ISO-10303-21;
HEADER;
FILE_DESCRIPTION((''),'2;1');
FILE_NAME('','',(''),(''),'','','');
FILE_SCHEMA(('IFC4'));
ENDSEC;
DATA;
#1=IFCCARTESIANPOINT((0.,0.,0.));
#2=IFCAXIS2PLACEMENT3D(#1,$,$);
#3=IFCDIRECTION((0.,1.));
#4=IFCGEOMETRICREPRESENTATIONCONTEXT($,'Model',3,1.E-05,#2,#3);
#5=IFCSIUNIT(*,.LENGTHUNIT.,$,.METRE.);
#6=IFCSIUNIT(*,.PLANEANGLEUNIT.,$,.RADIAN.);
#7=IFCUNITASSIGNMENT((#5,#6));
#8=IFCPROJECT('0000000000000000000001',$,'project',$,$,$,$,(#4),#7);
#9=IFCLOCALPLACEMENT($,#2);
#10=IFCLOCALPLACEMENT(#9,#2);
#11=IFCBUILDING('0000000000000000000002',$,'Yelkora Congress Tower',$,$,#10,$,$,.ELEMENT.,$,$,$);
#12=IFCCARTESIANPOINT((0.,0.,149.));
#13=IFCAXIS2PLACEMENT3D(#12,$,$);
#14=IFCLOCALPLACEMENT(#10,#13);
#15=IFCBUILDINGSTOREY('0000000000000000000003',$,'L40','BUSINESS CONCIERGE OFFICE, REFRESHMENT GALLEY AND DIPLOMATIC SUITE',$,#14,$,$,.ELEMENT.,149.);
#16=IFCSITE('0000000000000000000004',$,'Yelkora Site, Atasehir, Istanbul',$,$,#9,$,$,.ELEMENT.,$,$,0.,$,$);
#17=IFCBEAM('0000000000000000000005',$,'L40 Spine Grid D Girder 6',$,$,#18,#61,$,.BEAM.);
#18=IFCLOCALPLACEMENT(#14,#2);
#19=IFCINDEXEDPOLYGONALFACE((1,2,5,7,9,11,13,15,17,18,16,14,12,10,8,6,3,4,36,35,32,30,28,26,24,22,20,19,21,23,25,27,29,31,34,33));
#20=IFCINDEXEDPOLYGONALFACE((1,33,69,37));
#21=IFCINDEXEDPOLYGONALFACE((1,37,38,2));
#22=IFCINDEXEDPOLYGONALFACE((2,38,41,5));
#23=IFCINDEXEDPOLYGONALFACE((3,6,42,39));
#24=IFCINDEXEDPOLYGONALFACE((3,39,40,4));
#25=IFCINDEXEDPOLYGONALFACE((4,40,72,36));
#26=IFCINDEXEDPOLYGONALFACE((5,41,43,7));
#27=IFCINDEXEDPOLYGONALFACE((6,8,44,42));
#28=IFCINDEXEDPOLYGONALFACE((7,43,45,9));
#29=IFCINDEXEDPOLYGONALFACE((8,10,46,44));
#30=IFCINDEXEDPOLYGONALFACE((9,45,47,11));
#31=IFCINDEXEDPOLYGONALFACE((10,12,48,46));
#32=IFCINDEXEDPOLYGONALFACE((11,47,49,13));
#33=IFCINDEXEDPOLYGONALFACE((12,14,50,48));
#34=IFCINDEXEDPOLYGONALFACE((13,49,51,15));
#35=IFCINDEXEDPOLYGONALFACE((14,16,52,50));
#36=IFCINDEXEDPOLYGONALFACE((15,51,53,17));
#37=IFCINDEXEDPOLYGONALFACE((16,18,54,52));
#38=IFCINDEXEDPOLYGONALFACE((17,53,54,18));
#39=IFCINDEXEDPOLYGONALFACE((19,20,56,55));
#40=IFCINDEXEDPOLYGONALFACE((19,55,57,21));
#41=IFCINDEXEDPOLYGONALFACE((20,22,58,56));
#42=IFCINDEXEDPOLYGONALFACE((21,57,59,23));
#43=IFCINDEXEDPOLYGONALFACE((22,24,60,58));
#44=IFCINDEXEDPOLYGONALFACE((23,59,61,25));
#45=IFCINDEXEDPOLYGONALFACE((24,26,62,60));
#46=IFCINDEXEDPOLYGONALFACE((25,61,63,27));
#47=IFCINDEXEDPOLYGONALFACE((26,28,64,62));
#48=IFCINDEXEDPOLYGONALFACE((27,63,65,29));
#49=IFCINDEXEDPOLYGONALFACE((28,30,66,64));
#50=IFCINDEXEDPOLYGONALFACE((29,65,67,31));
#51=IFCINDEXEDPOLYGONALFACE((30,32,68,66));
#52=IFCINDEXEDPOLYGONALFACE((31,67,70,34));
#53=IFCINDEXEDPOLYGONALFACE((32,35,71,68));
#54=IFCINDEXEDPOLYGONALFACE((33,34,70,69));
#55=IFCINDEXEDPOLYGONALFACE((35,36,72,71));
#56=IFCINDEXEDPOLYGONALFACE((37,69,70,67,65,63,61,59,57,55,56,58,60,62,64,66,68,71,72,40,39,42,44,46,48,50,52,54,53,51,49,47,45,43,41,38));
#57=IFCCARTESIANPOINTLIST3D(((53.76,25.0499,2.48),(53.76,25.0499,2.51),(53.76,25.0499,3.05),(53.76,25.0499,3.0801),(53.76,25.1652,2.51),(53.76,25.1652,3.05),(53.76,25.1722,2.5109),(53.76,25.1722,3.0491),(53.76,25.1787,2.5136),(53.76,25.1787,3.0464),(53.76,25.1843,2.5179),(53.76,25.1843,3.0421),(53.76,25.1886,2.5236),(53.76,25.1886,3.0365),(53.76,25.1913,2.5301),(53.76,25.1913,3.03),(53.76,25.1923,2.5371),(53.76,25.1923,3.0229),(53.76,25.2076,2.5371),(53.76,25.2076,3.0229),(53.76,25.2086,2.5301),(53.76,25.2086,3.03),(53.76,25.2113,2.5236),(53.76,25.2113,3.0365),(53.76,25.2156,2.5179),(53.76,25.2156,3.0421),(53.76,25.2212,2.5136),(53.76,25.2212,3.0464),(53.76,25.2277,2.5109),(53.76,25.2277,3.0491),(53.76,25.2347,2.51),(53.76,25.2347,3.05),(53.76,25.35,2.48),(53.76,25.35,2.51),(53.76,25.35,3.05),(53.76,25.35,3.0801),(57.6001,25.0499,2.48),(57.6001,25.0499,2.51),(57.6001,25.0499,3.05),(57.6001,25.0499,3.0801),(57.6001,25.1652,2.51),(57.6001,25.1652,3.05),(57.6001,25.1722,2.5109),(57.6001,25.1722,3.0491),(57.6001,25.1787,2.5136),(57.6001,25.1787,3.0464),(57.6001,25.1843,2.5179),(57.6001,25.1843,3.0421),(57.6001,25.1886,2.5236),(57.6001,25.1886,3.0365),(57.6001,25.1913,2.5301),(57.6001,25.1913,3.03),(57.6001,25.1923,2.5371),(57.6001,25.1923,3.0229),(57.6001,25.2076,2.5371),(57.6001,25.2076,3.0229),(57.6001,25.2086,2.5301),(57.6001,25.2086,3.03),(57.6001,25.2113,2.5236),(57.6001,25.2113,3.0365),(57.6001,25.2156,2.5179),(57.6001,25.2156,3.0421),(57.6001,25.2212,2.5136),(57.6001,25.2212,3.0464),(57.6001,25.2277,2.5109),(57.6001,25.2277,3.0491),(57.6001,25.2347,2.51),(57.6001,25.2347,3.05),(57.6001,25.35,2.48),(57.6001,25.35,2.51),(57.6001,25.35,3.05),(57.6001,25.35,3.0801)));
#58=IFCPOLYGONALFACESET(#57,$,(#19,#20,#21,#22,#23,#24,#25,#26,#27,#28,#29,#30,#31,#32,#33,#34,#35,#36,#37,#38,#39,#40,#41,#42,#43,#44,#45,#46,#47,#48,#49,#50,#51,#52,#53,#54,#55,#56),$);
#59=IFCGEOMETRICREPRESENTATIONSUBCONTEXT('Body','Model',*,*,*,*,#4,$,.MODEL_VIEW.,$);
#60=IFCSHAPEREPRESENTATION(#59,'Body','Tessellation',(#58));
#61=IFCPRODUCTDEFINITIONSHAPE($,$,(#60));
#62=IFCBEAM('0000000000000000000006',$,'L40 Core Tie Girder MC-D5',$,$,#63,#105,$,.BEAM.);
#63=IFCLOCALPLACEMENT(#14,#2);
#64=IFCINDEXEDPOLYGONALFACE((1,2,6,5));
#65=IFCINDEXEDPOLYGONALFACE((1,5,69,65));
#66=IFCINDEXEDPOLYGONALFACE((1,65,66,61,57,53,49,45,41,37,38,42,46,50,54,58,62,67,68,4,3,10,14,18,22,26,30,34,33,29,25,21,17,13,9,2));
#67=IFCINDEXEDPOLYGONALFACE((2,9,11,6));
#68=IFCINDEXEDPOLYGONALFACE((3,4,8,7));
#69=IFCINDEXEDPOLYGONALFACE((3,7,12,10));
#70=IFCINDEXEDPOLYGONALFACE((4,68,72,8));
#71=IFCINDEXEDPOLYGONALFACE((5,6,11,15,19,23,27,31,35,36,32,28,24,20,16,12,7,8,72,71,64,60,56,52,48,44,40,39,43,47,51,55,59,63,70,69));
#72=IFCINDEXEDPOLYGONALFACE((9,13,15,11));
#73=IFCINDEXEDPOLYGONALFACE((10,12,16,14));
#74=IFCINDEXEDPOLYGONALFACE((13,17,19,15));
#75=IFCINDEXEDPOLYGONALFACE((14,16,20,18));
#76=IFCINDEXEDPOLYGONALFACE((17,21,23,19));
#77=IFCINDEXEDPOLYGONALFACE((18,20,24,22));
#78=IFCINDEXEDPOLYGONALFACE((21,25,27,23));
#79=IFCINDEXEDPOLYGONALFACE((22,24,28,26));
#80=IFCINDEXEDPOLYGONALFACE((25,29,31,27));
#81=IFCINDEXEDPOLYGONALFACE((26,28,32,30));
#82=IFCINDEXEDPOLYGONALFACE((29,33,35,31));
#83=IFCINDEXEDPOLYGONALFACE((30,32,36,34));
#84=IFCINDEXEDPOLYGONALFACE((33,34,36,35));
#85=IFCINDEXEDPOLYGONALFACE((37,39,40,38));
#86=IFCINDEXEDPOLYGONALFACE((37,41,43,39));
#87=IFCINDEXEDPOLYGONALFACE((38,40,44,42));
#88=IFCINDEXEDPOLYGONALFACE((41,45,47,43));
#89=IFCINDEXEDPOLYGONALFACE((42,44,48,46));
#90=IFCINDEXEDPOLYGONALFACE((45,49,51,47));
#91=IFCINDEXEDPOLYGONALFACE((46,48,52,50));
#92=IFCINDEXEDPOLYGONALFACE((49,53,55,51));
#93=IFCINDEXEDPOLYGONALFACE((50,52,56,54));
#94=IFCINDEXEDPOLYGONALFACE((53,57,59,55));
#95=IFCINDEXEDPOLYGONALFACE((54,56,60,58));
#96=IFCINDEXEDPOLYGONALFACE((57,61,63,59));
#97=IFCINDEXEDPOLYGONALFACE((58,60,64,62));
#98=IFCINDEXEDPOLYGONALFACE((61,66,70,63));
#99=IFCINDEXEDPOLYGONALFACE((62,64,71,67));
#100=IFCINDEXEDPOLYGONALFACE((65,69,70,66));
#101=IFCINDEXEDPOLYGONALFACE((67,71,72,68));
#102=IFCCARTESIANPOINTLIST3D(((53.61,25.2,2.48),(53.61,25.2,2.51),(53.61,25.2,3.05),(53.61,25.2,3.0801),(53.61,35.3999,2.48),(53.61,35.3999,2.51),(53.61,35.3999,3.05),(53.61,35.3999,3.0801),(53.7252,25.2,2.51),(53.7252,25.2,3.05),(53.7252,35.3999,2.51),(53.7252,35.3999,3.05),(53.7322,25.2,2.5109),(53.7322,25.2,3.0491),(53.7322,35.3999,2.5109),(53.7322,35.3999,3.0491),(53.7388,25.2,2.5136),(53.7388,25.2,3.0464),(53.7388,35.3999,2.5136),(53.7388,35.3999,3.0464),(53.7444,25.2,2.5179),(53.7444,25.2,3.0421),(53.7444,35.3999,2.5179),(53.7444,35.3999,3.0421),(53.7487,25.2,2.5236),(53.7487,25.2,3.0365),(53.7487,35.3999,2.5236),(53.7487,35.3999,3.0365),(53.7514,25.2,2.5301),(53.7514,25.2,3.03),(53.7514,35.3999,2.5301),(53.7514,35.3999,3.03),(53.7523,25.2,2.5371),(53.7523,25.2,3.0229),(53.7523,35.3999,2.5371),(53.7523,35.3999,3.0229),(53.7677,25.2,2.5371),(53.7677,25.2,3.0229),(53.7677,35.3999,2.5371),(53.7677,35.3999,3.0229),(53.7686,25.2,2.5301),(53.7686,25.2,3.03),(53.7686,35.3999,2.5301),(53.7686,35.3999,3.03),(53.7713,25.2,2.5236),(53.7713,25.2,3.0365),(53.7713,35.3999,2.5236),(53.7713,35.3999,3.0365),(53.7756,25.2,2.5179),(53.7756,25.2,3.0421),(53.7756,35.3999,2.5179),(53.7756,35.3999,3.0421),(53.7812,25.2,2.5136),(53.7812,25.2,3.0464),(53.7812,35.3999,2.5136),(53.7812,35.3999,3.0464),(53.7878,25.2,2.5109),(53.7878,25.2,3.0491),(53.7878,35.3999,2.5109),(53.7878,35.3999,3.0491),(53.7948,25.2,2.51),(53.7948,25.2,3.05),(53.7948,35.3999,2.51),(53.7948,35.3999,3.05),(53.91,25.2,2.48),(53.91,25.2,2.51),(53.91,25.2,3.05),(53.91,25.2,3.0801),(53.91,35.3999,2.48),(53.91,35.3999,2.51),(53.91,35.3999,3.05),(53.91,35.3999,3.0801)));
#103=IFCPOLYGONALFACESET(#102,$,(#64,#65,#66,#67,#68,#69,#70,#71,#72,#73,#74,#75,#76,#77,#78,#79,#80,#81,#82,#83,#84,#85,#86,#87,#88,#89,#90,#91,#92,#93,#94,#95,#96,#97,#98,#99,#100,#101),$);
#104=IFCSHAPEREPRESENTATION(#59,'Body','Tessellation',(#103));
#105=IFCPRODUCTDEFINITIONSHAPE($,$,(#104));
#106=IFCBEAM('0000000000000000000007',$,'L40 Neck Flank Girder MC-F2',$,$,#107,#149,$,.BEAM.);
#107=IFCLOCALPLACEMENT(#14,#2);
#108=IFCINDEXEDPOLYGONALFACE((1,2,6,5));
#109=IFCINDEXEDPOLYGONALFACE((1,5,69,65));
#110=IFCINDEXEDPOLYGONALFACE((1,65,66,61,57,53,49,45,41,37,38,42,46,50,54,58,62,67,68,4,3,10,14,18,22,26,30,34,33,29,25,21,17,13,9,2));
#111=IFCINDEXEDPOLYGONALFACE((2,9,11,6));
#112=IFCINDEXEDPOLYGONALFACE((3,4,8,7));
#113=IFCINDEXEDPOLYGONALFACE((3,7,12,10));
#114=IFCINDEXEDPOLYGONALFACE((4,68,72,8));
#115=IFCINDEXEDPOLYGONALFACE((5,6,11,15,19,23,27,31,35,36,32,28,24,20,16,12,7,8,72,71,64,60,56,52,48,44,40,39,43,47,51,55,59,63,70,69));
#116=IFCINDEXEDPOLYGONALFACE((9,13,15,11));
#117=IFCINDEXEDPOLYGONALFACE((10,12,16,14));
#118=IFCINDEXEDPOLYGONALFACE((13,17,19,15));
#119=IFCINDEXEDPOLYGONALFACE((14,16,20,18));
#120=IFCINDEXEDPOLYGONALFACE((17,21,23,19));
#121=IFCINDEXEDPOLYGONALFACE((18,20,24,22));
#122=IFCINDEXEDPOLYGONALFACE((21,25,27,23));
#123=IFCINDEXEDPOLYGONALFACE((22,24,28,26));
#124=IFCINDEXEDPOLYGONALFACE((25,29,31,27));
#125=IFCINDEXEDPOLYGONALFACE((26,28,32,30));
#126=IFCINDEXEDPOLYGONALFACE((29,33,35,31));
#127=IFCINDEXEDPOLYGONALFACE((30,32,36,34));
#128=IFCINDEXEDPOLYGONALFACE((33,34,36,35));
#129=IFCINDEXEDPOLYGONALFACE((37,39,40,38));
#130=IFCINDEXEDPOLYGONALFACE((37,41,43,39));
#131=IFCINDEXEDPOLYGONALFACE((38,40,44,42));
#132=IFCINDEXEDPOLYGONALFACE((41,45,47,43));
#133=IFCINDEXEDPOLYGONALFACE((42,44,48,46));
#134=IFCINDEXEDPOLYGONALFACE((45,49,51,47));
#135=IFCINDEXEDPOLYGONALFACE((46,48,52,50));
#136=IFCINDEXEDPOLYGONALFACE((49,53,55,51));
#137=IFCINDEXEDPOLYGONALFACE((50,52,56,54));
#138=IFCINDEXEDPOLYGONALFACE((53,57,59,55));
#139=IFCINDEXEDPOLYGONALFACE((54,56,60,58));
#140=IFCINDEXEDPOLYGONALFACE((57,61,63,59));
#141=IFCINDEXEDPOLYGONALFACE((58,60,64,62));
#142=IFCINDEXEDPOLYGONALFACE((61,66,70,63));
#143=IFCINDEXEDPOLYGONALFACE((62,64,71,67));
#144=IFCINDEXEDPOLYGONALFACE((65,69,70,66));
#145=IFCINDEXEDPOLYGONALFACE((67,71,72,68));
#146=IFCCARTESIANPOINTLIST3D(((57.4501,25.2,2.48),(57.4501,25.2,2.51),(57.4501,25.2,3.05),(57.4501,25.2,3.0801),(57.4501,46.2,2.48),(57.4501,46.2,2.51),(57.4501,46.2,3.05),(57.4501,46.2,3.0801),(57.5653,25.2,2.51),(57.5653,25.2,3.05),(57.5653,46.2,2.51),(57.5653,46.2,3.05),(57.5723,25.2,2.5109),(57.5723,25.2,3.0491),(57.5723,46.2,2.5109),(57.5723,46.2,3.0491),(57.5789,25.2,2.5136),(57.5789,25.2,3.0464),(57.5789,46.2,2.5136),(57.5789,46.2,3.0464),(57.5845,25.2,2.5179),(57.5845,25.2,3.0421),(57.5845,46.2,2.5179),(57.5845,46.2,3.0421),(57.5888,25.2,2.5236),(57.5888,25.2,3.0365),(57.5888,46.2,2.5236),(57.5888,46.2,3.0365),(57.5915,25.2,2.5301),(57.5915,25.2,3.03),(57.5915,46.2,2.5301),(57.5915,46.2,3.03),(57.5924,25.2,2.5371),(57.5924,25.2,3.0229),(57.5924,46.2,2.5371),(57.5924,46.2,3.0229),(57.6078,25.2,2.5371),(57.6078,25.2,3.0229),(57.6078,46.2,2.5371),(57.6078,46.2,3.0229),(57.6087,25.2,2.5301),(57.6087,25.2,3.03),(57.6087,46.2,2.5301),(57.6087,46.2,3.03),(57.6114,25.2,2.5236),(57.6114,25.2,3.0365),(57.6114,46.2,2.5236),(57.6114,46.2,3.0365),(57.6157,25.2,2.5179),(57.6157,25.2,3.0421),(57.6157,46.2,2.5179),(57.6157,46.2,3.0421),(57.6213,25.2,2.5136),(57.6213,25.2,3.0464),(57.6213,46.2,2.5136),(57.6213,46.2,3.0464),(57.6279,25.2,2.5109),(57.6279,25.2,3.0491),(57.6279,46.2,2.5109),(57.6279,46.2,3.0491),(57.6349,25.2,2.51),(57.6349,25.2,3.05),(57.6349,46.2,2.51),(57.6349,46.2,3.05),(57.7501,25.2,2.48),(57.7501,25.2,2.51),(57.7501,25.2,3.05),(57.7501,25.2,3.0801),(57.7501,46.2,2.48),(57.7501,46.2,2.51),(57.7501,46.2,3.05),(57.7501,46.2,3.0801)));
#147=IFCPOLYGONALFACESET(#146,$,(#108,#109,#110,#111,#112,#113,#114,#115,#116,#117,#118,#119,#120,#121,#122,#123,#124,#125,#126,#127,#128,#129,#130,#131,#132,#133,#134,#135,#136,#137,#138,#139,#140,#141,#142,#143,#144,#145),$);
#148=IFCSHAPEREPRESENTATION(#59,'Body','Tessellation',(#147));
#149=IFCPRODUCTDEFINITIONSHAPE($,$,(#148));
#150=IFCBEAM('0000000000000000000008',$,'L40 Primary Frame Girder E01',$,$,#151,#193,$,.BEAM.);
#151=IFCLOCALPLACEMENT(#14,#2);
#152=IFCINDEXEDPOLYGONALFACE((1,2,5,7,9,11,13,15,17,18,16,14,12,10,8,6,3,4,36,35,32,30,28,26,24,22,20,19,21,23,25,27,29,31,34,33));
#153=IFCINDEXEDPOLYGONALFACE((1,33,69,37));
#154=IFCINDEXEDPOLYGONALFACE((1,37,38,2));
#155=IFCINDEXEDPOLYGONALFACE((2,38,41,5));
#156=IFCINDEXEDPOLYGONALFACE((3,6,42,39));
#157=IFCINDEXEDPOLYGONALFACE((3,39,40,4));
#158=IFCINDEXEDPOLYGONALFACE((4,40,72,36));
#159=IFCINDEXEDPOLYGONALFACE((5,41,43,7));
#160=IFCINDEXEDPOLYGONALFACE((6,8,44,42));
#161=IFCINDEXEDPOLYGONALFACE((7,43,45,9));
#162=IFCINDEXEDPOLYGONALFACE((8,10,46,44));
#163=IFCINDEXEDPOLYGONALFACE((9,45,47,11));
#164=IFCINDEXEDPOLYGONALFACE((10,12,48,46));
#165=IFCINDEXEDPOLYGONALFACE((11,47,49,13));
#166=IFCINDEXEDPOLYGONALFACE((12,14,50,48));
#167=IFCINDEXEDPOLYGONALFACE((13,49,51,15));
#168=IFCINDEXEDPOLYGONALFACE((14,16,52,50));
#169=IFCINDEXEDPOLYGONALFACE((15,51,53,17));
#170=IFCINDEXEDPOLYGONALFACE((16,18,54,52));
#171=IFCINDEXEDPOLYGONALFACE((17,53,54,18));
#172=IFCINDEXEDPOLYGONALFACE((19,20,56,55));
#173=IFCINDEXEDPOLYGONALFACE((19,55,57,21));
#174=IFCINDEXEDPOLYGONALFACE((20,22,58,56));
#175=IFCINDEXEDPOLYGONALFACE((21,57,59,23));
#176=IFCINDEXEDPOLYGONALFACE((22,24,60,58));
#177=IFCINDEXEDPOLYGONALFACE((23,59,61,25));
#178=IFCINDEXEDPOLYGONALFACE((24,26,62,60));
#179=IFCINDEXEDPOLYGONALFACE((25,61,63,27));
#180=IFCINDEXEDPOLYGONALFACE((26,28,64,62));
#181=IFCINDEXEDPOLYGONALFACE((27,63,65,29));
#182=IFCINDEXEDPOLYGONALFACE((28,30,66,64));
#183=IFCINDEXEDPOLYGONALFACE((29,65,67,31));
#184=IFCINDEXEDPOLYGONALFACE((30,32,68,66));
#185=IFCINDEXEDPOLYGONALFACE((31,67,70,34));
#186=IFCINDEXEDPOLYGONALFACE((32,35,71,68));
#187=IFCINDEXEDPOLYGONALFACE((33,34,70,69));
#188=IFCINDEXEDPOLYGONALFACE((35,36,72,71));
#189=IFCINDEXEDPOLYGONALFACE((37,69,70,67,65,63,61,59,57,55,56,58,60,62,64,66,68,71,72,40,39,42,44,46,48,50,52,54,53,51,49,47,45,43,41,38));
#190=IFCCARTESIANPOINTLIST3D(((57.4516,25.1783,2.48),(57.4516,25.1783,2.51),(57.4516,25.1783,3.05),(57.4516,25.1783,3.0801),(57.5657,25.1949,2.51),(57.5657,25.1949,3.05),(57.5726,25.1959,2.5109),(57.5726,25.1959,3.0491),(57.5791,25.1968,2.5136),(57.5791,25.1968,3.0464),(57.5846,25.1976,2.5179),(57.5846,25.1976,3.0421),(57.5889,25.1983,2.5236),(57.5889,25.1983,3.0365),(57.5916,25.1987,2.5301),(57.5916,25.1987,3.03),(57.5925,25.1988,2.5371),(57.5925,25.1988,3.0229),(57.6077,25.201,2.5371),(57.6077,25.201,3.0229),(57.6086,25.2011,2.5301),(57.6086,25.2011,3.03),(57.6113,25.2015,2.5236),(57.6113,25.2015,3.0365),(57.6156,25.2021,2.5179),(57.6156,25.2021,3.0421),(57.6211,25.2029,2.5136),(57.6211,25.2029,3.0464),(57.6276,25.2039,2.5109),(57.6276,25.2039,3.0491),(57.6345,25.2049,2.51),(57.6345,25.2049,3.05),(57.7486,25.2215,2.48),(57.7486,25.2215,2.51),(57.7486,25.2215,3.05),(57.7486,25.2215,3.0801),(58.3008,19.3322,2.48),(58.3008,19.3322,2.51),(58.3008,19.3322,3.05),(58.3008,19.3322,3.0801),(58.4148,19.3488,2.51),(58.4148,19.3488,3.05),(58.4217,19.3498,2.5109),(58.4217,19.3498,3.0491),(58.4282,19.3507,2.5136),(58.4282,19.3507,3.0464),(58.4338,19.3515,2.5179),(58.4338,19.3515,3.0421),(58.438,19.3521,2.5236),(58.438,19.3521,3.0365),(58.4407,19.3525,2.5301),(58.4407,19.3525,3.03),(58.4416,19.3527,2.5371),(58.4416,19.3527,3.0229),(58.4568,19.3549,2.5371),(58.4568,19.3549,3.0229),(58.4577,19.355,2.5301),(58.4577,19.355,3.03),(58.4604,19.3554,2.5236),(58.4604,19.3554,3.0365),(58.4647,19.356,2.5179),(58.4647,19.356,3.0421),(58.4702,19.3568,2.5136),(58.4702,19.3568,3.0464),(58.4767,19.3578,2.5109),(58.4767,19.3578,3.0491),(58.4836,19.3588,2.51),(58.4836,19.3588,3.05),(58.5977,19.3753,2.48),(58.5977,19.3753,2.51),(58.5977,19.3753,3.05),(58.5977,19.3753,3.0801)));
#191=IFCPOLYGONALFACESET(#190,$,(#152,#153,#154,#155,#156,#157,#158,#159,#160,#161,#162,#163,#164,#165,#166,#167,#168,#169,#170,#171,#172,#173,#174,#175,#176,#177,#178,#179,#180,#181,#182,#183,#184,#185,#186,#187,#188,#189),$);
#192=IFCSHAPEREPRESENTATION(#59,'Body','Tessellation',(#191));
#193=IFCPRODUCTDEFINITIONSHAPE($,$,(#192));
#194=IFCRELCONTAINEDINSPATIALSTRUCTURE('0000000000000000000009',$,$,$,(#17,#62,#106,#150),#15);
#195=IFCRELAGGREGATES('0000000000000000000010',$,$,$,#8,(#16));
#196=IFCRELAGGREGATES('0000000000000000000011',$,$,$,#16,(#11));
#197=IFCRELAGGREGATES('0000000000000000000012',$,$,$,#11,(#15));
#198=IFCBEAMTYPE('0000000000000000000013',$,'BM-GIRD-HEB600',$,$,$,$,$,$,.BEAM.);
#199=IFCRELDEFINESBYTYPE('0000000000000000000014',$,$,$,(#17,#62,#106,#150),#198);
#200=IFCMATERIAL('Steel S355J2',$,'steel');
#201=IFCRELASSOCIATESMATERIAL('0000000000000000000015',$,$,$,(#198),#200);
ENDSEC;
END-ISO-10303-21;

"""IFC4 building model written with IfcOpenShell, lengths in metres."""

from ifc_helpers import new_model, si_unit, direction, frame, origin, origin_2d, place, context, subcontext, project, spatial, i_section, extrude, material, material_profile, profile_set, type_object, element, save


model = new_model("IFC4")

# Units and contexts
model_context = context("Model", 3, precision=1e-05, world=origin(), true_north=direction((0.0, 1.0)))
body_context = subcontext(model_context, "Body", "Model", "MODEL_VIEW")
ifc_project = project(units=[si_unit("LENGTHUNIT", "METRE"), si_unit("PLANEANGLEUNIT", "RADIAN")], contexts=[model_context])

# Site, building, storey
site_placement = place(None, origin())
site = spatial("IfcSite", under=ifc_project, at=site_placement, Name="Yelkora Site, Atasehir, Istanbul", CompositionType="ELEMENT", RefElevation=0.0)
building_placement = place(site_placement, origin())
building = spatial("IfcBuilding", under=site, at=building_placement, Name="Yelkora Congress Tower", CompositionType="ELEMENT")
storey_placement = place(building_placement, frame((0.0, 0.0, 149.0)))
storey = spatial("IfcBuildingStorey", under=building, at=storey_placement, Name="L40", Description="BUSINESS CONCIERGE OFFICE, REFRESHMENT GALLEY AND DIPLOMATIC SUITE", CompositionType="ELEMENT", Elevation=149.0)

# Beams
ifc_material_1 = material(Name="Steel S355J2", Category="steel")
ifc_material_profile_1 = material_profile(ifc_material_1, i_section(OverallWidth=0.3, OverallDepth=0.6001, WebThickness=0.0154, FlangeThickness=0.03, FilletRadius=0.0271, at=origin_2d()), Name="HEB 600")
ifc_profile_set_1 = profile_set([ifc_material_profile_1], Name="Steel S355J2")
beam_type_1 = type_object("IfcBeamType", Name="BM-GIRD-HEB600", PredefinedType="BEAM", material=ifc_profile_set_1)
beam_1_placement = place(storey_placement, frame((53.76, 25.2, 2.78), z_axis=(1.0, 0.0, 0.0), x_axis=(0.0, 1.0, 0.0)))
element("IfcBeam", 1, at=beam_1_placement, inside=storey, type_object=beam_type_1, Name="L40 Spine Grid D Girder 6", PredefinedType="BEAM", context=body_context, shape_type="SweptSolid", body=[
    extrude(i_section(OverallWidth=0.3, OverallDepth=0.6001, WebThickness=0.0154, FlangeThickness=0.03, FilletRadius=0.0271, at=origin_2d()), origin(), (0.0, 0.0, 1.0), 3.8401),
])
beam_2_placement = place(storey_placement, frame((53.76, 25.2, 2.78), z_axis=(0.0, 1.0, 0.0), x_axis=(-1.0, 0.0, 0.0)))
element("IfcBeam", 2, at=beam_2_placement, inside=storey, type_object=beam_type_1, Name="L40 Core Tie Girder MC-D5", PredefinedType="BEAM", context=body_context, shape_type="SweptSolid", body=[
    extrude(i_section(OverallWidth=0.3, OverallDepth=0.6001, WebThickness=0.0154, FlangeThickness=0.03, FilletRadius=0.0271, at=origin_2d()), origin(), (0.0, 0.0, 1.0), 10.2),
])
beam_3_placement = place(storey_placement, frame((57.6001, 25.2, 2.78), z_axis=(0.0, 1.0, 0.0), x_axis=(-1.0, 0.0, 0.0)))
element("IfcBeam", 3, at=beam_3_placement, inside=storey, type_object=beam_type_1, Name="L40 Neck Flank Girder MC-F2", PredefinedType="BEAM", context=body_context, shape_type="SweptSolid", body=[
    extrude(i_section(OverallWidth=0.3, OverallDepth=0.6001, WebThickness=0.0154, FlangeThickness=0.03, FilletRadius=0.0271, at=origin_2d()), origin(), (0.0, 0.0, 1.0), 21.0),
])
beam_4_placement = place(storey_placement, frame((58.4492, 19.3538, 2.78), z_axis=(-0.143735, 0.989616, 0.0), x_axis=(-0.989616, -0.143735, 0.0)))
element("IfcBeam", 4, at=beam_4_placement, inside=storey, type_object=beam_type_1, Name="L40 Primary Frame Girder E01", PredefinedType="BEAM", context=body_context, shape_type="SweptSolid", body=[
    extrude(i_section(OverallWidth=0.3, OverallDepth=0.6001, WebThickness=0.0154, FlangeThickness=0.03, FilletRadius=0.0271, at=origin_2d()), origin(), (0.0, 0.0, 1.0), 5.9075),
])

save(model, "model.ifc")
